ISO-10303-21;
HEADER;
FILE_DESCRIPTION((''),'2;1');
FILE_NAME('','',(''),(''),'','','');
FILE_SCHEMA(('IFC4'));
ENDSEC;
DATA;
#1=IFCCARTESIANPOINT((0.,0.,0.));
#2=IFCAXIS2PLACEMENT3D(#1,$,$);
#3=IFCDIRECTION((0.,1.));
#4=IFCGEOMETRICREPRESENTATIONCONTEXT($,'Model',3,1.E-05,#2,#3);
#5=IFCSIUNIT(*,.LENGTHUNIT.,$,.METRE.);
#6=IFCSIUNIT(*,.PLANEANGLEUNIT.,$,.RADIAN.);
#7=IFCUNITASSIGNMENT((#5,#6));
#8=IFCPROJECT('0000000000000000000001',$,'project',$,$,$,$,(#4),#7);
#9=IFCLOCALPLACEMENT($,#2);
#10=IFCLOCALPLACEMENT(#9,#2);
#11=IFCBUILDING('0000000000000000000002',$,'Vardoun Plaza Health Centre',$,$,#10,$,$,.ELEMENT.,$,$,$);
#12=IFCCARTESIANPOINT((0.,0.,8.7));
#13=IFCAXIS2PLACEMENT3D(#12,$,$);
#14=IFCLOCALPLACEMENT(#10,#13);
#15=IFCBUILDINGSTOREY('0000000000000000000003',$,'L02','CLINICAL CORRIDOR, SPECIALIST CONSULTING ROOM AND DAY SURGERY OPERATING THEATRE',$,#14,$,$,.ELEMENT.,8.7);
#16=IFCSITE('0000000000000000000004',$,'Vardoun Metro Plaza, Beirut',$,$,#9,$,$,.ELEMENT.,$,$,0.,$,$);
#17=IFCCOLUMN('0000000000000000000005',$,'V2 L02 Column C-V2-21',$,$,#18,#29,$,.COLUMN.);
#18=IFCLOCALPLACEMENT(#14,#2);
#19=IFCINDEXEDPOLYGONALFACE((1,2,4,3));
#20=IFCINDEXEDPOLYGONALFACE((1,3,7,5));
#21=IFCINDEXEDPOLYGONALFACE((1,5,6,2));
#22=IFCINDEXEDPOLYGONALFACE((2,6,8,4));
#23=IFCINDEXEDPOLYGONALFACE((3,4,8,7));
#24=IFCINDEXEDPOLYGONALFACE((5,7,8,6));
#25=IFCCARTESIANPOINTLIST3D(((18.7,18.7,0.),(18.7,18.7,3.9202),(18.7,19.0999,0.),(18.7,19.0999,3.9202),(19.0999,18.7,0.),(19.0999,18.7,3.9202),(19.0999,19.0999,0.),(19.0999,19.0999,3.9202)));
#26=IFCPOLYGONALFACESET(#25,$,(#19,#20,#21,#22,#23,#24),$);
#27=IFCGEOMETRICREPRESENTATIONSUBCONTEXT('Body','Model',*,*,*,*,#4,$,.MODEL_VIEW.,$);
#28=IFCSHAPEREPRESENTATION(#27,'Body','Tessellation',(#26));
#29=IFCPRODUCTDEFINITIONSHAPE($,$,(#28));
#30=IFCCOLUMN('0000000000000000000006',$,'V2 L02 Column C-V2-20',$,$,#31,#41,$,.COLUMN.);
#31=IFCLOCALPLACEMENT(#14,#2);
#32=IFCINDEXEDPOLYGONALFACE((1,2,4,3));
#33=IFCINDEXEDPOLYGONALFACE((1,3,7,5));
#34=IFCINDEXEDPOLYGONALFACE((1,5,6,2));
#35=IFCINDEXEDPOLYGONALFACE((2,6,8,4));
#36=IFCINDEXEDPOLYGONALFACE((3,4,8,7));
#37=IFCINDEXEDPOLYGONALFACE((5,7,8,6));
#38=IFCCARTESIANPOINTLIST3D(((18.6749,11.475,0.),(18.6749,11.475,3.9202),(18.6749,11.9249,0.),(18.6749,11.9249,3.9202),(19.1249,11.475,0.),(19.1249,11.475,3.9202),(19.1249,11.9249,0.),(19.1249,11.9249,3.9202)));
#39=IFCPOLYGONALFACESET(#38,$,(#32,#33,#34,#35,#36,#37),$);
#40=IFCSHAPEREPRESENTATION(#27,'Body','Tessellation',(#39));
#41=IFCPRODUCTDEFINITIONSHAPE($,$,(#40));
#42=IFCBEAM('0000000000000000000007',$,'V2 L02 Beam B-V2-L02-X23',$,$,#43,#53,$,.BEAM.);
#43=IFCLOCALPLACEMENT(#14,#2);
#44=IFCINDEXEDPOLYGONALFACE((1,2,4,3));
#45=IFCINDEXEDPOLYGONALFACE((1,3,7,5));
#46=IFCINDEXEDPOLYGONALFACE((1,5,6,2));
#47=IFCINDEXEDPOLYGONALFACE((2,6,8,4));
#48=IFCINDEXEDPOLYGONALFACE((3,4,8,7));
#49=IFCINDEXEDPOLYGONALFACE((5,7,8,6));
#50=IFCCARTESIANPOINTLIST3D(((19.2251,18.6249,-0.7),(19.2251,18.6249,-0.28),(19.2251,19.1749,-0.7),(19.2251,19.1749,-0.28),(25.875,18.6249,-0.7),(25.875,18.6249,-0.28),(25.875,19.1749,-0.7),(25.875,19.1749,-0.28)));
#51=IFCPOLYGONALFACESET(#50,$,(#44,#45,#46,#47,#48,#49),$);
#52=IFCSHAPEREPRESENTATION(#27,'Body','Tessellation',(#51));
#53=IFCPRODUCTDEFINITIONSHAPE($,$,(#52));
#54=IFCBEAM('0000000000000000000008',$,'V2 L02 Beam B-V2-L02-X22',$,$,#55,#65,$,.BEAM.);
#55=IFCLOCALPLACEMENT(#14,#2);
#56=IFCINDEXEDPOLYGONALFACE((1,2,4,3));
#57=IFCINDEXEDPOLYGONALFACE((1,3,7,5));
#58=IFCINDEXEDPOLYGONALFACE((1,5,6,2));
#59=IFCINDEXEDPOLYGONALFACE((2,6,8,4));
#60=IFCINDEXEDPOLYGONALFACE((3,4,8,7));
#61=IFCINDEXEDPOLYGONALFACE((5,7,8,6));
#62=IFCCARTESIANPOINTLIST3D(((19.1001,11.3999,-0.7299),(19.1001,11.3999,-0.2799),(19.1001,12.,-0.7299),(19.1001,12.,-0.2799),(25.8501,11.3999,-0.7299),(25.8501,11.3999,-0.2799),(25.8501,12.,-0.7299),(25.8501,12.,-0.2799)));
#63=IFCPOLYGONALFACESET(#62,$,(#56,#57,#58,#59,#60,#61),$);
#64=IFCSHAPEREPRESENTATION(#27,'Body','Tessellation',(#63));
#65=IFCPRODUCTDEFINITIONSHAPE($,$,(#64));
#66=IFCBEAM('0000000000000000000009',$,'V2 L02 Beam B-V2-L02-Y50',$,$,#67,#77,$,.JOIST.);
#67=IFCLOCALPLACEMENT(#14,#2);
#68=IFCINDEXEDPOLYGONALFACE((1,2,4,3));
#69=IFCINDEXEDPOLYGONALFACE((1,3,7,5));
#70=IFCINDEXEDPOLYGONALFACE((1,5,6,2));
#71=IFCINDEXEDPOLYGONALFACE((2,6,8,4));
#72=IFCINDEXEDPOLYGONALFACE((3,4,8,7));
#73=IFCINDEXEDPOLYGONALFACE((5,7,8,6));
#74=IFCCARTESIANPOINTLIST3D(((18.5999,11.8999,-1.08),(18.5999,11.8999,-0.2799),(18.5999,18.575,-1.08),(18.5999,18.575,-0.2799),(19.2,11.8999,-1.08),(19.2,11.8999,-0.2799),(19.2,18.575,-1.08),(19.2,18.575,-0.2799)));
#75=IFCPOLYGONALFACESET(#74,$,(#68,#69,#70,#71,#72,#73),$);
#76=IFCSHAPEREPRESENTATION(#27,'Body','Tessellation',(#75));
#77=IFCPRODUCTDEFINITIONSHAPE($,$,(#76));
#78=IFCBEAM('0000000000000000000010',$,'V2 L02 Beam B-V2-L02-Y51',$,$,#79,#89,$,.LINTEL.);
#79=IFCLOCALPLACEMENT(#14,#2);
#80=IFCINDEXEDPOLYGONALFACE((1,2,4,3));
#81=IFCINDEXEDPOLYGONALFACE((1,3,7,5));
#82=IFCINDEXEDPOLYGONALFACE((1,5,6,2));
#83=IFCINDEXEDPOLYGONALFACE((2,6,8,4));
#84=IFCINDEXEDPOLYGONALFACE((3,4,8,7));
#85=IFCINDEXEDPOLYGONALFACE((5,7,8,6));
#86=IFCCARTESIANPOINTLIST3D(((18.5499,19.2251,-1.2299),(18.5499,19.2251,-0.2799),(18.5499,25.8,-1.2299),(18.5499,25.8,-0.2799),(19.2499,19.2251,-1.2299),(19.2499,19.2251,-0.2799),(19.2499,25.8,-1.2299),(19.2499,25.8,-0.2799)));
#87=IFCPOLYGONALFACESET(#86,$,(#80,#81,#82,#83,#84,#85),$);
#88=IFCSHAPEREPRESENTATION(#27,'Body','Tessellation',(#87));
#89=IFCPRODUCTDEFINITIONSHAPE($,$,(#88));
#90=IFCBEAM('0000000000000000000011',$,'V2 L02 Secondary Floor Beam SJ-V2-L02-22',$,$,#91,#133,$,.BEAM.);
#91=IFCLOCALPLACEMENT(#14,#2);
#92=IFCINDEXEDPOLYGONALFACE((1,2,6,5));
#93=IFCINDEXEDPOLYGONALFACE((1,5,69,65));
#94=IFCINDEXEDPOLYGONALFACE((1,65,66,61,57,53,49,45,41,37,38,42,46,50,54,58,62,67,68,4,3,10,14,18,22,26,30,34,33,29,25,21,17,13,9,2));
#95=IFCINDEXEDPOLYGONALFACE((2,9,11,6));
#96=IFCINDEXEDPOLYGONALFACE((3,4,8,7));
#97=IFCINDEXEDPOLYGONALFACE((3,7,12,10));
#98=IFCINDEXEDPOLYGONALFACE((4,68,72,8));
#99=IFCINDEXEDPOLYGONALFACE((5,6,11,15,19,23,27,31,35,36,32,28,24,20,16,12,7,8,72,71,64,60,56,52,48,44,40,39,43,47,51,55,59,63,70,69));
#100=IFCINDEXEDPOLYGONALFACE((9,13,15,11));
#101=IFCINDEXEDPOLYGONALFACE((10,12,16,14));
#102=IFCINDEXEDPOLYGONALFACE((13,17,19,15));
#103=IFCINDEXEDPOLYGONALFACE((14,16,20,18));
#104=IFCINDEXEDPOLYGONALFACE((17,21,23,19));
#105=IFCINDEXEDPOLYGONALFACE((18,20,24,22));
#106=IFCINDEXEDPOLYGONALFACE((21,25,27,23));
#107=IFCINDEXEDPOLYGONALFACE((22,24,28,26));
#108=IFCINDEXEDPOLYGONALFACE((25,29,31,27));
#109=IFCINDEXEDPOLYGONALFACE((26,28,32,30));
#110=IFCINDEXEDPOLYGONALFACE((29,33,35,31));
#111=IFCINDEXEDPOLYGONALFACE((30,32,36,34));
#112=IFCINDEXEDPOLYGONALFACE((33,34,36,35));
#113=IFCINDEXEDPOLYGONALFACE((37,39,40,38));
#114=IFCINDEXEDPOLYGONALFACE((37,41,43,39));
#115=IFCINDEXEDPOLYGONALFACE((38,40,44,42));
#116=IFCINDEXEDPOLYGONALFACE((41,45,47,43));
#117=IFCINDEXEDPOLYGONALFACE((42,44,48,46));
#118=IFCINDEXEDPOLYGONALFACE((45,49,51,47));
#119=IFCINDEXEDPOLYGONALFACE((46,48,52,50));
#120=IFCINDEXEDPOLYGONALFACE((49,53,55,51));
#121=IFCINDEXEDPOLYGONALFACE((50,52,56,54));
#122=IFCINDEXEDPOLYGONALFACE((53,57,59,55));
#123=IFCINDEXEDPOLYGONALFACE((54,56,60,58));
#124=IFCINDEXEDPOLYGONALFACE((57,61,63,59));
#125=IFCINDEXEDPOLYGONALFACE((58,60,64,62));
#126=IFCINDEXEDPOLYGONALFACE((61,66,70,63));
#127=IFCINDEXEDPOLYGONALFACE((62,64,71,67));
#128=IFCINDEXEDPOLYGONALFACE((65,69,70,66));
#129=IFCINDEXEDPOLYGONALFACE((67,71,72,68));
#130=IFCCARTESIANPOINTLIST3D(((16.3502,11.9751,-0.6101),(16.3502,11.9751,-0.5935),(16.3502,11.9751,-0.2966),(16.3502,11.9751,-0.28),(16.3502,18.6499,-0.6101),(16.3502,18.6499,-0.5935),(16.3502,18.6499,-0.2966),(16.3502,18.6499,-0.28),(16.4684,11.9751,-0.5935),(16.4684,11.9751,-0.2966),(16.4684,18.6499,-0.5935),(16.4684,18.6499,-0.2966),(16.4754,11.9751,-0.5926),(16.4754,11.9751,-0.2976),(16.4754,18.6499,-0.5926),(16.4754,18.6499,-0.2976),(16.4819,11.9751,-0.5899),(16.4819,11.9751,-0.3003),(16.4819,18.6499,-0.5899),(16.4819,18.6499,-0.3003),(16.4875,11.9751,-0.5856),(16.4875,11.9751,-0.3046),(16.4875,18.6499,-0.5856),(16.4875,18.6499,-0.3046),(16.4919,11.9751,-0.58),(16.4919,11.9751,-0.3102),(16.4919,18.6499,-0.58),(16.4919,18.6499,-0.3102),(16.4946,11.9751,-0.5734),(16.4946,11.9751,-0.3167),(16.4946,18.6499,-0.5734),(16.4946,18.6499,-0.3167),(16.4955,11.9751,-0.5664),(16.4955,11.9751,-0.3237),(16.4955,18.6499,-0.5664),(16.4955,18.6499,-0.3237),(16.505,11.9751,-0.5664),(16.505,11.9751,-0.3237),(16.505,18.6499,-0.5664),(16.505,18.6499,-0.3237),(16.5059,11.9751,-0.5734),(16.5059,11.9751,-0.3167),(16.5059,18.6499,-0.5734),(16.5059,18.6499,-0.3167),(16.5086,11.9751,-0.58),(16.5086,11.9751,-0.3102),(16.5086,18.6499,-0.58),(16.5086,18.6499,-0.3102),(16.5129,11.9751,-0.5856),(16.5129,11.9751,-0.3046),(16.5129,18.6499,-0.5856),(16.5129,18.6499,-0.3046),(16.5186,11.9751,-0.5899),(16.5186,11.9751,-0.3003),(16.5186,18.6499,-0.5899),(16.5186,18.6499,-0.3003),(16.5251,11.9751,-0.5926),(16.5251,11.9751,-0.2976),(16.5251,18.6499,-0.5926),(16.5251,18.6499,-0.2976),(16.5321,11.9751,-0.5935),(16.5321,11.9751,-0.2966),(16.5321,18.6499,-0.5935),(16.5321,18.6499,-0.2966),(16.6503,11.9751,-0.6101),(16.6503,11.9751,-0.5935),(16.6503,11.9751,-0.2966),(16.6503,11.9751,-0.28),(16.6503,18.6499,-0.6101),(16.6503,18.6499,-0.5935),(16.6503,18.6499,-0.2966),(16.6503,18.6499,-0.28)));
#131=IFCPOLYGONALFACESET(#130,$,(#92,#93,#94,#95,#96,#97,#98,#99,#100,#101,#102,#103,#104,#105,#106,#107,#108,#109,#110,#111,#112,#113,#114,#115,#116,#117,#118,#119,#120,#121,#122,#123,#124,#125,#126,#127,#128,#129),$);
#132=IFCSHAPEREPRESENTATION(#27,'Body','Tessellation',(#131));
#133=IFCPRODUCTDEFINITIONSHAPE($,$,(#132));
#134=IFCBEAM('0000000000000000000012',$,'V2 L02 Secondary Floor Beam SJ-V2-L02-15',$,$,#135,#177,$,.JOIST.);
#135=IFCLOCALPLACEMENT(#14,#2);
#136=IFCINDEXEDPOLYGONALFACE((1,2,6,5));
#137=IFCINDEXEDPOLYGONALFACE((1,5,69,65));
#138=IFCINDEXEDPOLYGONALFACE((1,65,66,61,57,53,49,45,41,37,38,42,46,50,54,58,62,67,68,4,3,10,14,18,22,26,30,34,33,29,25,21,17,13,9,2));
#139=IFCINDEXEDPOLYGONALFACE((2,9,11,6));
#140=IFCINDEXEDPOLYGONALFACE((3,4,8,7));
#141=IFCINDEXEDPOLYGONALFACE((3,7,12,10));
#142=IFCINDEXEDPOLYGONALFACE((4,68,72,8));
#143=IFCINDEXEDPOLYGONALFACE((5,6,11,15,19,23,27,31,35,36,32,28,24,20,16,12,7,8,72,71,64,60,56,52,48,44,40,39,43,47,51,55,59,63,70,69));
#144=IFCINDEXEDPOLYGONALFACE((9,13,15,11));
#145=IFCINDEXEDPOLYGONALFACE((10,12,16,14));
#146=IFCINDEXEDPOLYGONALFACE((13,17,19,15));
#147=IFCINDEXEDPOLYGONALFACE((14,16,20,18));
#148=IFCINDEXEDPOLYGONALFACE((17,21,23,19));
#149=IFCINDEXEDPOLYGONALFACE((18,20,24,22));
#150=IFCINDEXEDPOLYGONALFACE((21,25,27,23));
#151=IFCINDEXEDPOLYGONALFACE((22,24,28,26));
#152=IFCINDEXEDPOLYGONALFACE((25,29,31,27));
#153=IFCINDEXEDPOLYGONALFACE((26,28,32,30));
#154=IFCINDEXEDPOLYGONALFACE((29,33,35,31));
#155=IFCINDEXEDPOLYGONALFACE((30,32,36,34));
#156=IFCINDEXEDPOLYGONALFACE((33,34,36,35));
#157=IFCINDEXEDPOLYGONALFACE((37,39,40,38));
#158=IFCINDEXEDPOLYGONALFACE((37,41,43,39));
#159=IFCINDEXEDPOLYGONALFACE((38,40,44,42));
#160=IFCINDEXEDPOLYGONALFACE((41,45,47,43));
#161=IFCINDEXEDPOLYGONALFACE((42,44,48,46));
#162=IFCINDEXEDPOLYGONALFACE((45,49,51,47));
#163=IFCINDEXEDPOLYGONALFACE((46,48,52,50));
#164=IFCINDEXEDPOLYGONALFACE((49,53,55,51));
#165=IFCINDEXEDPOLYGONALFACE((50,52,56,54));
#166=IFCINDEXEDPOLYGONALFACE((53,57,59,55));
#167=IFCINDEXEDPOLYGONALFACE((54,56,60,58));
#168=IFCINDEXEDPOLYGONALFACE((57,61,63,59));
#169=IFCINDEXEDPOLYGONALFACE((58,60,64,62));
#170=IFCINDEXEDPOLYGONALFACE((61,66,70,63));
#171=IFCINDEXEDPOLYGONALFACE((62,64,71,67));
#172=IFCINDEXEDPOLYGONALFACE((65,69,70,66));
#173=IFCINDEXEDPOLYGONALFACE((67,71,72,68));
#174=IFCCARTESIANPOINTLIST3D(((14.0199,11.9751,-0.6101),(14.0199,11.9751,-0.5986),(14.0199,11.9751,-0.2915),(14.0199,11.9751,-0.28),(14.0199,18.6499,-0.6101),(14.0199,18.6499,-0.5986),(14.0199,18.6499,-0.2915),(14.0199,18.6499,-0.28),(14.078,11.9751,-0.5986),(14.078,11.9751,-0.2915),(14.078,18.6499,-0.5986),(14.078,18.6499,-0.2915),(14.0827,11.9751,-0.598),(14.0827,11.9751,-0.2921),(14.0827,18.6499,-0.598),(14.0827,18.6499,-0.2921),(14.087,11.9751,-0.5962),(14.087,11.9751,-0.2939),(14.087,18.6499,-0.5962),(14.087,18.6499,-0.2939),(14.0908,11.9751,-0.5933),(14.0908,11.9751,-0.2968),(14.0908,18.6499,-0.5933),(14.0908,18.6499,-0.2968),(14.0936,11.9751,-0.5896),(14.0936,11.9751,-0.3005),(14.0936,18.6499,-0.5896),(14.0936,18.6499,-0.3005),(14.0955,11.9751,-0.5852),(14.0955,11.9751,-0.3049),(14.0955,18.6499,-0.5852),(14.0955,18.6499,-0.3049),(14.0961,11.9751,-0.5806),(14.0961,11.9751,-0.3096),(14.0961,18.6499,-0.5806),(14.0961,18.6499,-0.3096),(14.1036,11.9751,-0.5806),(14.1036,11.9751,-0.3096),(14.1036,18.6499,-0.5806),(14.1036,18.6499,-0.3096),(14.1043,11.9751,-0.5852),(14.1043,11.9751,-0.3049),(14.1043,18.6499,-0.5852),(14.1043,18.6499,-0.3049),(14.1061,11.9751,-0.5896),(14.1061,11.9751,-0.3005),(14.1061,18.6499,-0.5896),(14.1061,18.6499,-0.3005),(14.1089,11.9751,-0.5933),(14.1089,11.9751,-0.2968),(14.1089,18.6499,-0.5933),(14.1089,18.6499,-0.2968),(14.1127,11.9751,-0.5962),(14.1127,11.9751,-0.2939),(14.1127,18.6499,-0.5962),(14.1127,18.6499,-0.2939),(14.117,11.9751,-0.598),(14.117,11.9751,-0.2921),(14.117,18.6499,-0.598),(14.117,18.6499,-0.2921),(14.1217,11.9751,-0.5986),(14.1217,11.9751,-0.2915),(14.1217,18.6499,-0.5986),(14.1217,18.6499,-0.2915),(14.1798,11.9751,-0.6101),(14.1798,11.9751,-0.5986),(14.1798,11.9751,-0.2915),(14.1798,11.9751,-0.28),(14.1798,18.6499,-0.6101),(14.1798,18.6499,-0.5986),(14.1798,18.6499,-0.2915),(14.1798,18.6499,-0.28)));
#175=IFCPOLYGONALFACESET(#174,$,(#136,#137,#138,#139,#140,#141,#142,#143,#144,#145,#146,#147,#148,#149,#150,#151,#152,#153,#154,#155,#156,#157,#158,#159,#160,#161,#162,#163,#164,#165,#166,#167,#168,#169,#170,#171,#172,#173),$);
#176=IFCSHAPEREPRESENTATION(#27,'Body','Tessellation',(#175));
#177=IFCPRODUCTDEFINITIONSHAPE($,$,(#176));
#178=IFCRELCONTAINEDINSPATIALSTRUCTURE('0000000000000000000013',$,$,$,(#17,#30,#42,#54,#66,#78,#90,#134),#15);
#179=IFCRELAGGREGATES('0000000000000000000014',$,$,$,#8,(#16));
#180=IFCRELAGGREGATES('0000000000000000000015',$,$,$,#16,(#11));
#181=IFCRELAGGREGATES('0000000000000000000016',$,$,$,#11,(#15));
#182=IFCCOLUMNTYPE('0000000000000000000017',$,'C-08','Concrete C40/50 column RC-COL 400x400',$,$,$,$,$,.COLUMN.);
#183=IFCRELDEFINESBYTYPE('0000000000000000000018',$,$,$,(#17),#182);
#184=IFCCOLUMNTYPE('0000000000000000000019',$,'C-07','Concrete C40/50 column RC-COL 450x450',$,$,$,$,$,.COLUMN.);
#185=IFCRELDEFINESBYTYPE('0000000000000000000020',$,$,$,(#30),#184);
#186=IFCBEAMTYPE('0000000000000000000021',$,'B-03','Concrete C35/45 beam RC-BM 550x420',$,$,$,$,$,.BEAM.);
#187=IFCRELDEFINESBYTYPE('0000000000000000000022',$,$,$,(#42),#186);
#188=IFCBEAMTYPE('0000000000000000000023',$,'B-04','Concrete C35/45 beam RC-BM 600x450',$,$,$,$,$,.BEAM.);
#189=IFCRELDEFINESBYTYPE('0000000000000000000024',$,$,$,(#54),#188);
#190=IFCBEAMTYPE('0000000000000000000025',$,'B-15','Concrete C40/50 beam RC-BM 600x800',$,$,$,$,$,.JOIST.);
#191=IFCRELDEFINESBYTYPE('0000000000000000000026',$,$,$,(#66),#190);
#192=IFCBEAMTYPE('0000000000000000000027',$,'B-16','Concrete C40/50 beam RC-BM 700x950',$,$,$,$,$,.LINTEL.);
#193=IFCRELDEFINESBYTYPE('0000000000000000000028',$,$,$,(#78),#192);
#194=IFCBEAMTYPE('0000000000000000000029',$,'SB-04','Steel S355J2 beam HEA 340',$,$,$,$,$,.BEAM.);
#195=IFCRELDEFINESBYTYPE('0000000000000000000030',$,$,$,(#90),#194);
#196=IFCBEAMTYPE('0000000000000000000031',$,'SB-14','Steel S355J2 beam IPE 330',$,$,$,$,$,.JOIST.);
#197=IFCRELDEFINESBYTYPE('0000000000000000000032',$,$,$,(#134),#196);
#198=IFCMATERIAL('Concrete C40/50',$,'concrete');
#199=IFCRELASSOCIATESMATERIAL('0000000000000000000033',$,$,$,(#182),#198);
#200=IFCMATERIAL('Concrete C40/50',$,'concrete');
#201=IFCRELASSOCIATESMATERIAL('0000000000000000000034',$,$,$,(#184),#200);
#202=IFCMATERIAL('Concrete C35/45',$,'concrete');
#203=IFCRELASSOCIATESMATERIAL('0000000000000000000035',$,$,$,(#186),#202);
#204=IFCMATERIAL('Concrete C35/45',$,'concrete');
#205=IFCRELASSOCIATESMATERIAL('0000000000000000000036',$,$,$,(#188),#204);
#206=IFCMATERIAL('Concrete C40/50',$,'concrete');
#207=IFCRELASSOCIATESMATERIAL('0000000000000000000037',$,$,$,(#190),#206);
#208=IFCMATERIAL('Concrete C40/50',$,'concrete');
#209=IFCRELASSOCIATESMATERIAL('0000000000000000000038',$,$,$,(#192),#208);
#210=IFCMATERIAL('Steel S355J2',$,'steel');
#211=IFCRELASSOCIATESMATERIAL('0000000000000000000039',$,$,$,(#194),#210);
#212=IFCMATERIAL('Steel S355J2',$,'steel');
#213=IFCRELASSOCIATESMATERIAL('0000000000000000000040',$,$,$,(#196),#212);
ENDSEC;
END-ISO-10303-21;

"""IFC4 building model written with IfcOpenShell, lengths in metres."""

from ifc_helpers import new_model, si_unit, direction, frame, origin, origin_2d, place, context, subcontext, project, spatial, rectangle, i_section, extrude, material, material_profile, profile_set, type_object, element, save


model = new_model("IFC4")

# Units and contexts
model_context = context("Model", 3, precision=1e-05, world=origin(), true_north=direction((0.0, 1.0)))
body_context = subcontext(model_context, "Body", "Model", "MODEL_VIEW")
ifc_project = project(units=[si_unit("LENGTHUNIT", "METRE"), si_unit("PLANEANGLEUNIT", "RADIAN")], contexts=[model_context])

# Site, building, storey
site_placement = place(None, origin())
site = spatial("IfcSite", under=ifc_project, at=site_placement, Name="Vardoun Metro Plaza, Beirut", CompositionType="ELEMENT", RefElevation=0.0)
building_placement = place(site_placement, origin())
building = spatial("IfcBuilding", under=site, at=building_placement, Name="Vardoun Plaza Health Centre", CompositionType="ELEMENT")
storey_placement = place(building_placement, frame((0.0, 0.0, 8.7)))
storey = spatial("IfcBuildingStorey", under=building, at=storey_placement, Name="L02", Description="CLINICAL CORRIDOR, SPECIALIST CONSULTING ROOM AND DAY SURGERY OPERATING THEATRE", CompositionType="ELEMENT", Elevation=8.7)

# Columns
ifc_material_1 = material(Name="Concrete C40/50", Category="concrete")
ifc_material_profile_1 = material_profile(ifc_material_1, rectangle(XDim=0.3999, YDim=0.3999, at=origin_2d()), Name="RC-COL 400x400")
ifc_profile_set_1 = profile_set([ifc_material_profile_1], Name="Concrete C40/50")
column_type_1 = type_object("IfcColumnType", Name="C-08", Description="Concrete C40/50 column RC-COL 400x400", PredefinedType="COLUMN", material=ifc_profile_set_1)
column_1_placement = place(storey_placement, frame((18.8999, 18.8999, 0.0), z_axis=(0.0, 0.0, 1.0), x_axis=(1.0, 0.0, 0.0)))
element("IfcColumn", 1, at=column_1_placement, inside=storey, type_object=column_type_1, Name="V2 L02 Column C-V2-21", PredefinedType="COLUMN", context=body_context, shape_type="SweptSolid", body=[
    extrude(rectangle(XDim=0.3999, YDim=0.3999, at=origin_2d()), origin(), (0.0, 0.0, 1.0), 3.9202),
])
ifc_material_2 = material(Name="Concrete C40/50", Category="concrete")
ifc_material_profile_2 = material_profile(ifc_material_2, rectangle(XDim=0.45, YDim=0.45, at=origin_2d()), Name="RC-COL 450x450")
ifc_profile_set_2 = profile_set([ifc_material_profile_2], Name="Concrete C40/50")
column_type_2 = type_object("IfcColumnType", Name="C-07", Description="Concrete C40/50 column RC-COL 450x450", PredefinedType="COLUMN", material=ifc_profile_set_2)
column_2_placement = place(storey_placement, frame((18.8999, 11.7, 0.0), z_axis=(0.0, 0.0, 1.0), x_axis=(1.0, 0.0, 0.0)))
element("IfcColumn", 2, at=column_2_placement, inside=storey, type_object=column_type_2, Name="V2 L02 Column C-V2-20", PredefinedType="COLUMN", context=body_context, shape_type="SweptSolid", body=[
    extrude(rectangle(XDim=0.45, YDim=0.45, at=origin_2d()), origin(), (0.0, 0.0, 1.0), 3.9202),
])

# Beams
ifc_material_3 = material(Name="Concrete C35/45", Category="concrete")
ifc_material_profile_3 = material_profile(ifc_material_3, rectangle(XDim=0.55, YDim=0.4199, at=origin_2d()), Name="RC-BM 550x420")
ifc_profile_set_3 = profile_set([ifc_material_profile_3], Name="Concrete C35/45")
beam_type_1 = type_object("IfcBeamType", Name="B-03", Description="Concrete C35/45 beam RC-BM 550x420", PredefinedType="BEAM", material=ifc_profile_set_3)
beam_1_placement = place(storey_placement, frame((19.2251, 18.8999, -0.49), z_axis=(1.0, 0.0, 0.0), x_axis=(0.0, 1.0, 0.0)))
element("IfcBeam", 3, at=beam_1_placement, inside=storey, type_object=beam_type_1, Name="V2 L02 Beam B-V2-L02-X23", PredefinedType="BEAM", context=body_context, shape_type="SweptSolid", body=[
    extrude(rectangle(XDim=0.55, YDim=0.4199, at=origin_2d()), origin(), (0.0, 0.0, 1.0), 6.6499),
])
ifc_material_4 = material(Name="Concrete C35/45", Category="concrete")
ifc_material_profile_4 = material_profile(ifc_material_4, rectangle(XDim=0.6001, YDim=0.45, at=origin_2d()), Name="RC-BM 600x450")
ifc_profile_set_4 = profile_set([ifc_material_profile_4], Name="Concrete C35/45")
beam_type_2 = type_object("IfcBeamType", Name="B-04", Description="Concrete C35/45 beam RC-BM 600x450", PredefinedType="BEAM", material=ifc_profile_set_4)
beam_2_placement = place(storey_placement, frame((19.1001, 11.7, -0.5049), z_axis=(1.0, 0.0, 0.0), x_axis=(0.0, 1.0, 0.0)))
element("IfcBeam", 4, at=beam_2_placement, inside=storey, type_object=beam_type_2, Name="V2 L02 Beam B-V2-L02-X22", PredefinedType="BEAM", context=body_context, shape_type="SweptSolid", body=[
    extrude(rectangle(XDim=0.6001, YDim=0.45, at=origin_2d()), origin(), (0.0, 0.0, 1.0), 6.75),
])
ifc_material_5 = material(Name="Concrete C40/50", Category="concrete")
ifc_material_profile_5 = material_profile(ifc_material_5, rectangle(XDim=0.6001, YDim=0.8, at=origin_2d()), Name="RC-BM 600x800")
ifc_profile_set_5 = profile_set([ifc_material_profile_5], Name="Concrete C40/50")
beam_type_3 = type_object("IfcBeamType", Name="B-15", Description="Concrete C40/50 beam RC-BM 600x800", PredefinedType="JOIST", material=ifc_profile_set_5)
beam_3_placement = place(storey_placement, frame((18.8999, 11.8999, -0.6799), z_axis=(0.0, 1.0, 0.0), x_axis=(-1.0, 0.0, 0.0)))
element("IfcBeam", 5, at=beam_3_placement, inside=storey, type_object=beam_type_3, Name="V2 L02 Beam B-V2-L02-Y50", PredefinedType="JOIST", context=body_context, shape_type="SweptSolid", body=[
    extrude(rectangle(XDim=0.6001, YDim=0.8, at=origin_2d()), origin(), (0.0, 0.0, 1.0), 6.675),
])
ifc_material_6 = material(Name="Concrete C40/50", Category="concrete")
ifc_material_profile_6 = material_profile(ifc_material_6, rectangle(XDim=0.7, YDim=0.95, at=origin_2d()), Name="RC-BM 700x950")
ifc_profile_set_6 = profile_set([ifc_material_profile_6], Name="Concrete C40/50")
beam_type_4 = type_object("IfcBeamType", Name="B-16", Description="Concrete C40/50 beam RC-BM 700x950", PredefinedType="LINTEL", material=ifc_profile_set_6)
beam_4_placement = place(storey_placement, frame((18.8999, 19.2251, -0.7549), z_axis=(0.0, 1.0, 0.0), x_axis=(-1.0, 0.0, 0.0)))
element("IfcBeam", 6, at=beam_4_placement, inside=storey, type_object=beam_type_4, Name="V2 L02 Beam B-V2-L02-Y51", PredefinedType="LINTEL", context=body_context, shape_type="SweptSolid", body=[
    extrude(rectangle(XDim=0.7, YDim=0.95, at=origin_2d()), origin(), (0.0, 0.0, 1.0), 6.575),
])
ifc_material_7 = material(Name="Steel S355J2", Category="steel")
ifc_material_profile_7 = material_profile(ifc_material_7, i_section(OverallWidth=0.3, OverallDepth=0.3301, WebThickness=0.0095, FlangeThickness=0.0166, FilletRadius=0.0271, at=origin_2d()), Name="HEA 340")
ifc_profile_set_7 = profile_set([ifc_material_profile_7], Name="Steel S355J2")
beam_type_5 = type_object("IfcBeamType", Name="SB-04", Description="Steel S355J2 beam HEA 340", PredefinedType="BEAM", material=ifc_profile_set_7)
beam_5_placement = place(storey_placement, frame((16.5002, 11.9751, -0.4451), z_axis=(0.0, 1.0, 0.0), x_axis=(-1.0, 0.0, 0.0)))
element("IfcBeam", 7, at=beam_5_placement, inside=storey, type_object=beam_type_5, Name="V2 L02 Secondary Floor Beam SJ-V2-L02-22", PredefinedType="BEAM", context=body_context, shape_type="SweptSolid", body=[
    extrude(i_section(OverallWidth=0.3, OverallDepth=0.3301, WebThickness=0.0095, FlangeThickness=0.0166, FilletRadius=0.0271, at=origin_2d()), origin(), (0.0, 0.0, 1.0), 6.6748),
])
ifc_material_8 = material(Name="Steel S355J2", Category="steel")
ifc_material_profile_8 = material_profile(ifc_material_8, i_section(OverallWidth=0.1599, OverallDepth=0.3301, WebThickness=0.0076, FlangeThickness=0.0115, FilletRadius=0.0181, at=origin_2d()), Name="IPE 330")
ifc_profile_set_8 = profile_set([ifc_material_profile_8], Name="Steel S355J2")
beam_type_6 = type_object("IfcBeamType", Name="SB-14", Description="Steel S355J2 beam IPE 330", PredefinedType="JOIST", material=ifc_profile_set_8)
beam_6_placement = place(storey_placement, frame((14.0999, 11.9751, -0.4451), z_axis=(0.0, 1.0, 0.0), x_axis=(-1.0, 0.0, 0.0)))
element("IfcBeam", 8, at=beam_6_placement, inside=storey, type_object=beam_type_6, Name="V2 L02 Secondary Floor Beam SJ-V2-L02-15", PredefinedType="JOIST", context=body_context, shape_type="SweptSolid", body=[
    extrude(i_section(OverallWidth=0.1599, OverallDepth=0.3301, WebThickness=0.0076, FlangeThickness=0.0115, FilletRadius=0.0181, at=origin_2d()), origin(), (0.0, 0.0, 1.0), 6.6748),
])

save(model, "model.ifc")
